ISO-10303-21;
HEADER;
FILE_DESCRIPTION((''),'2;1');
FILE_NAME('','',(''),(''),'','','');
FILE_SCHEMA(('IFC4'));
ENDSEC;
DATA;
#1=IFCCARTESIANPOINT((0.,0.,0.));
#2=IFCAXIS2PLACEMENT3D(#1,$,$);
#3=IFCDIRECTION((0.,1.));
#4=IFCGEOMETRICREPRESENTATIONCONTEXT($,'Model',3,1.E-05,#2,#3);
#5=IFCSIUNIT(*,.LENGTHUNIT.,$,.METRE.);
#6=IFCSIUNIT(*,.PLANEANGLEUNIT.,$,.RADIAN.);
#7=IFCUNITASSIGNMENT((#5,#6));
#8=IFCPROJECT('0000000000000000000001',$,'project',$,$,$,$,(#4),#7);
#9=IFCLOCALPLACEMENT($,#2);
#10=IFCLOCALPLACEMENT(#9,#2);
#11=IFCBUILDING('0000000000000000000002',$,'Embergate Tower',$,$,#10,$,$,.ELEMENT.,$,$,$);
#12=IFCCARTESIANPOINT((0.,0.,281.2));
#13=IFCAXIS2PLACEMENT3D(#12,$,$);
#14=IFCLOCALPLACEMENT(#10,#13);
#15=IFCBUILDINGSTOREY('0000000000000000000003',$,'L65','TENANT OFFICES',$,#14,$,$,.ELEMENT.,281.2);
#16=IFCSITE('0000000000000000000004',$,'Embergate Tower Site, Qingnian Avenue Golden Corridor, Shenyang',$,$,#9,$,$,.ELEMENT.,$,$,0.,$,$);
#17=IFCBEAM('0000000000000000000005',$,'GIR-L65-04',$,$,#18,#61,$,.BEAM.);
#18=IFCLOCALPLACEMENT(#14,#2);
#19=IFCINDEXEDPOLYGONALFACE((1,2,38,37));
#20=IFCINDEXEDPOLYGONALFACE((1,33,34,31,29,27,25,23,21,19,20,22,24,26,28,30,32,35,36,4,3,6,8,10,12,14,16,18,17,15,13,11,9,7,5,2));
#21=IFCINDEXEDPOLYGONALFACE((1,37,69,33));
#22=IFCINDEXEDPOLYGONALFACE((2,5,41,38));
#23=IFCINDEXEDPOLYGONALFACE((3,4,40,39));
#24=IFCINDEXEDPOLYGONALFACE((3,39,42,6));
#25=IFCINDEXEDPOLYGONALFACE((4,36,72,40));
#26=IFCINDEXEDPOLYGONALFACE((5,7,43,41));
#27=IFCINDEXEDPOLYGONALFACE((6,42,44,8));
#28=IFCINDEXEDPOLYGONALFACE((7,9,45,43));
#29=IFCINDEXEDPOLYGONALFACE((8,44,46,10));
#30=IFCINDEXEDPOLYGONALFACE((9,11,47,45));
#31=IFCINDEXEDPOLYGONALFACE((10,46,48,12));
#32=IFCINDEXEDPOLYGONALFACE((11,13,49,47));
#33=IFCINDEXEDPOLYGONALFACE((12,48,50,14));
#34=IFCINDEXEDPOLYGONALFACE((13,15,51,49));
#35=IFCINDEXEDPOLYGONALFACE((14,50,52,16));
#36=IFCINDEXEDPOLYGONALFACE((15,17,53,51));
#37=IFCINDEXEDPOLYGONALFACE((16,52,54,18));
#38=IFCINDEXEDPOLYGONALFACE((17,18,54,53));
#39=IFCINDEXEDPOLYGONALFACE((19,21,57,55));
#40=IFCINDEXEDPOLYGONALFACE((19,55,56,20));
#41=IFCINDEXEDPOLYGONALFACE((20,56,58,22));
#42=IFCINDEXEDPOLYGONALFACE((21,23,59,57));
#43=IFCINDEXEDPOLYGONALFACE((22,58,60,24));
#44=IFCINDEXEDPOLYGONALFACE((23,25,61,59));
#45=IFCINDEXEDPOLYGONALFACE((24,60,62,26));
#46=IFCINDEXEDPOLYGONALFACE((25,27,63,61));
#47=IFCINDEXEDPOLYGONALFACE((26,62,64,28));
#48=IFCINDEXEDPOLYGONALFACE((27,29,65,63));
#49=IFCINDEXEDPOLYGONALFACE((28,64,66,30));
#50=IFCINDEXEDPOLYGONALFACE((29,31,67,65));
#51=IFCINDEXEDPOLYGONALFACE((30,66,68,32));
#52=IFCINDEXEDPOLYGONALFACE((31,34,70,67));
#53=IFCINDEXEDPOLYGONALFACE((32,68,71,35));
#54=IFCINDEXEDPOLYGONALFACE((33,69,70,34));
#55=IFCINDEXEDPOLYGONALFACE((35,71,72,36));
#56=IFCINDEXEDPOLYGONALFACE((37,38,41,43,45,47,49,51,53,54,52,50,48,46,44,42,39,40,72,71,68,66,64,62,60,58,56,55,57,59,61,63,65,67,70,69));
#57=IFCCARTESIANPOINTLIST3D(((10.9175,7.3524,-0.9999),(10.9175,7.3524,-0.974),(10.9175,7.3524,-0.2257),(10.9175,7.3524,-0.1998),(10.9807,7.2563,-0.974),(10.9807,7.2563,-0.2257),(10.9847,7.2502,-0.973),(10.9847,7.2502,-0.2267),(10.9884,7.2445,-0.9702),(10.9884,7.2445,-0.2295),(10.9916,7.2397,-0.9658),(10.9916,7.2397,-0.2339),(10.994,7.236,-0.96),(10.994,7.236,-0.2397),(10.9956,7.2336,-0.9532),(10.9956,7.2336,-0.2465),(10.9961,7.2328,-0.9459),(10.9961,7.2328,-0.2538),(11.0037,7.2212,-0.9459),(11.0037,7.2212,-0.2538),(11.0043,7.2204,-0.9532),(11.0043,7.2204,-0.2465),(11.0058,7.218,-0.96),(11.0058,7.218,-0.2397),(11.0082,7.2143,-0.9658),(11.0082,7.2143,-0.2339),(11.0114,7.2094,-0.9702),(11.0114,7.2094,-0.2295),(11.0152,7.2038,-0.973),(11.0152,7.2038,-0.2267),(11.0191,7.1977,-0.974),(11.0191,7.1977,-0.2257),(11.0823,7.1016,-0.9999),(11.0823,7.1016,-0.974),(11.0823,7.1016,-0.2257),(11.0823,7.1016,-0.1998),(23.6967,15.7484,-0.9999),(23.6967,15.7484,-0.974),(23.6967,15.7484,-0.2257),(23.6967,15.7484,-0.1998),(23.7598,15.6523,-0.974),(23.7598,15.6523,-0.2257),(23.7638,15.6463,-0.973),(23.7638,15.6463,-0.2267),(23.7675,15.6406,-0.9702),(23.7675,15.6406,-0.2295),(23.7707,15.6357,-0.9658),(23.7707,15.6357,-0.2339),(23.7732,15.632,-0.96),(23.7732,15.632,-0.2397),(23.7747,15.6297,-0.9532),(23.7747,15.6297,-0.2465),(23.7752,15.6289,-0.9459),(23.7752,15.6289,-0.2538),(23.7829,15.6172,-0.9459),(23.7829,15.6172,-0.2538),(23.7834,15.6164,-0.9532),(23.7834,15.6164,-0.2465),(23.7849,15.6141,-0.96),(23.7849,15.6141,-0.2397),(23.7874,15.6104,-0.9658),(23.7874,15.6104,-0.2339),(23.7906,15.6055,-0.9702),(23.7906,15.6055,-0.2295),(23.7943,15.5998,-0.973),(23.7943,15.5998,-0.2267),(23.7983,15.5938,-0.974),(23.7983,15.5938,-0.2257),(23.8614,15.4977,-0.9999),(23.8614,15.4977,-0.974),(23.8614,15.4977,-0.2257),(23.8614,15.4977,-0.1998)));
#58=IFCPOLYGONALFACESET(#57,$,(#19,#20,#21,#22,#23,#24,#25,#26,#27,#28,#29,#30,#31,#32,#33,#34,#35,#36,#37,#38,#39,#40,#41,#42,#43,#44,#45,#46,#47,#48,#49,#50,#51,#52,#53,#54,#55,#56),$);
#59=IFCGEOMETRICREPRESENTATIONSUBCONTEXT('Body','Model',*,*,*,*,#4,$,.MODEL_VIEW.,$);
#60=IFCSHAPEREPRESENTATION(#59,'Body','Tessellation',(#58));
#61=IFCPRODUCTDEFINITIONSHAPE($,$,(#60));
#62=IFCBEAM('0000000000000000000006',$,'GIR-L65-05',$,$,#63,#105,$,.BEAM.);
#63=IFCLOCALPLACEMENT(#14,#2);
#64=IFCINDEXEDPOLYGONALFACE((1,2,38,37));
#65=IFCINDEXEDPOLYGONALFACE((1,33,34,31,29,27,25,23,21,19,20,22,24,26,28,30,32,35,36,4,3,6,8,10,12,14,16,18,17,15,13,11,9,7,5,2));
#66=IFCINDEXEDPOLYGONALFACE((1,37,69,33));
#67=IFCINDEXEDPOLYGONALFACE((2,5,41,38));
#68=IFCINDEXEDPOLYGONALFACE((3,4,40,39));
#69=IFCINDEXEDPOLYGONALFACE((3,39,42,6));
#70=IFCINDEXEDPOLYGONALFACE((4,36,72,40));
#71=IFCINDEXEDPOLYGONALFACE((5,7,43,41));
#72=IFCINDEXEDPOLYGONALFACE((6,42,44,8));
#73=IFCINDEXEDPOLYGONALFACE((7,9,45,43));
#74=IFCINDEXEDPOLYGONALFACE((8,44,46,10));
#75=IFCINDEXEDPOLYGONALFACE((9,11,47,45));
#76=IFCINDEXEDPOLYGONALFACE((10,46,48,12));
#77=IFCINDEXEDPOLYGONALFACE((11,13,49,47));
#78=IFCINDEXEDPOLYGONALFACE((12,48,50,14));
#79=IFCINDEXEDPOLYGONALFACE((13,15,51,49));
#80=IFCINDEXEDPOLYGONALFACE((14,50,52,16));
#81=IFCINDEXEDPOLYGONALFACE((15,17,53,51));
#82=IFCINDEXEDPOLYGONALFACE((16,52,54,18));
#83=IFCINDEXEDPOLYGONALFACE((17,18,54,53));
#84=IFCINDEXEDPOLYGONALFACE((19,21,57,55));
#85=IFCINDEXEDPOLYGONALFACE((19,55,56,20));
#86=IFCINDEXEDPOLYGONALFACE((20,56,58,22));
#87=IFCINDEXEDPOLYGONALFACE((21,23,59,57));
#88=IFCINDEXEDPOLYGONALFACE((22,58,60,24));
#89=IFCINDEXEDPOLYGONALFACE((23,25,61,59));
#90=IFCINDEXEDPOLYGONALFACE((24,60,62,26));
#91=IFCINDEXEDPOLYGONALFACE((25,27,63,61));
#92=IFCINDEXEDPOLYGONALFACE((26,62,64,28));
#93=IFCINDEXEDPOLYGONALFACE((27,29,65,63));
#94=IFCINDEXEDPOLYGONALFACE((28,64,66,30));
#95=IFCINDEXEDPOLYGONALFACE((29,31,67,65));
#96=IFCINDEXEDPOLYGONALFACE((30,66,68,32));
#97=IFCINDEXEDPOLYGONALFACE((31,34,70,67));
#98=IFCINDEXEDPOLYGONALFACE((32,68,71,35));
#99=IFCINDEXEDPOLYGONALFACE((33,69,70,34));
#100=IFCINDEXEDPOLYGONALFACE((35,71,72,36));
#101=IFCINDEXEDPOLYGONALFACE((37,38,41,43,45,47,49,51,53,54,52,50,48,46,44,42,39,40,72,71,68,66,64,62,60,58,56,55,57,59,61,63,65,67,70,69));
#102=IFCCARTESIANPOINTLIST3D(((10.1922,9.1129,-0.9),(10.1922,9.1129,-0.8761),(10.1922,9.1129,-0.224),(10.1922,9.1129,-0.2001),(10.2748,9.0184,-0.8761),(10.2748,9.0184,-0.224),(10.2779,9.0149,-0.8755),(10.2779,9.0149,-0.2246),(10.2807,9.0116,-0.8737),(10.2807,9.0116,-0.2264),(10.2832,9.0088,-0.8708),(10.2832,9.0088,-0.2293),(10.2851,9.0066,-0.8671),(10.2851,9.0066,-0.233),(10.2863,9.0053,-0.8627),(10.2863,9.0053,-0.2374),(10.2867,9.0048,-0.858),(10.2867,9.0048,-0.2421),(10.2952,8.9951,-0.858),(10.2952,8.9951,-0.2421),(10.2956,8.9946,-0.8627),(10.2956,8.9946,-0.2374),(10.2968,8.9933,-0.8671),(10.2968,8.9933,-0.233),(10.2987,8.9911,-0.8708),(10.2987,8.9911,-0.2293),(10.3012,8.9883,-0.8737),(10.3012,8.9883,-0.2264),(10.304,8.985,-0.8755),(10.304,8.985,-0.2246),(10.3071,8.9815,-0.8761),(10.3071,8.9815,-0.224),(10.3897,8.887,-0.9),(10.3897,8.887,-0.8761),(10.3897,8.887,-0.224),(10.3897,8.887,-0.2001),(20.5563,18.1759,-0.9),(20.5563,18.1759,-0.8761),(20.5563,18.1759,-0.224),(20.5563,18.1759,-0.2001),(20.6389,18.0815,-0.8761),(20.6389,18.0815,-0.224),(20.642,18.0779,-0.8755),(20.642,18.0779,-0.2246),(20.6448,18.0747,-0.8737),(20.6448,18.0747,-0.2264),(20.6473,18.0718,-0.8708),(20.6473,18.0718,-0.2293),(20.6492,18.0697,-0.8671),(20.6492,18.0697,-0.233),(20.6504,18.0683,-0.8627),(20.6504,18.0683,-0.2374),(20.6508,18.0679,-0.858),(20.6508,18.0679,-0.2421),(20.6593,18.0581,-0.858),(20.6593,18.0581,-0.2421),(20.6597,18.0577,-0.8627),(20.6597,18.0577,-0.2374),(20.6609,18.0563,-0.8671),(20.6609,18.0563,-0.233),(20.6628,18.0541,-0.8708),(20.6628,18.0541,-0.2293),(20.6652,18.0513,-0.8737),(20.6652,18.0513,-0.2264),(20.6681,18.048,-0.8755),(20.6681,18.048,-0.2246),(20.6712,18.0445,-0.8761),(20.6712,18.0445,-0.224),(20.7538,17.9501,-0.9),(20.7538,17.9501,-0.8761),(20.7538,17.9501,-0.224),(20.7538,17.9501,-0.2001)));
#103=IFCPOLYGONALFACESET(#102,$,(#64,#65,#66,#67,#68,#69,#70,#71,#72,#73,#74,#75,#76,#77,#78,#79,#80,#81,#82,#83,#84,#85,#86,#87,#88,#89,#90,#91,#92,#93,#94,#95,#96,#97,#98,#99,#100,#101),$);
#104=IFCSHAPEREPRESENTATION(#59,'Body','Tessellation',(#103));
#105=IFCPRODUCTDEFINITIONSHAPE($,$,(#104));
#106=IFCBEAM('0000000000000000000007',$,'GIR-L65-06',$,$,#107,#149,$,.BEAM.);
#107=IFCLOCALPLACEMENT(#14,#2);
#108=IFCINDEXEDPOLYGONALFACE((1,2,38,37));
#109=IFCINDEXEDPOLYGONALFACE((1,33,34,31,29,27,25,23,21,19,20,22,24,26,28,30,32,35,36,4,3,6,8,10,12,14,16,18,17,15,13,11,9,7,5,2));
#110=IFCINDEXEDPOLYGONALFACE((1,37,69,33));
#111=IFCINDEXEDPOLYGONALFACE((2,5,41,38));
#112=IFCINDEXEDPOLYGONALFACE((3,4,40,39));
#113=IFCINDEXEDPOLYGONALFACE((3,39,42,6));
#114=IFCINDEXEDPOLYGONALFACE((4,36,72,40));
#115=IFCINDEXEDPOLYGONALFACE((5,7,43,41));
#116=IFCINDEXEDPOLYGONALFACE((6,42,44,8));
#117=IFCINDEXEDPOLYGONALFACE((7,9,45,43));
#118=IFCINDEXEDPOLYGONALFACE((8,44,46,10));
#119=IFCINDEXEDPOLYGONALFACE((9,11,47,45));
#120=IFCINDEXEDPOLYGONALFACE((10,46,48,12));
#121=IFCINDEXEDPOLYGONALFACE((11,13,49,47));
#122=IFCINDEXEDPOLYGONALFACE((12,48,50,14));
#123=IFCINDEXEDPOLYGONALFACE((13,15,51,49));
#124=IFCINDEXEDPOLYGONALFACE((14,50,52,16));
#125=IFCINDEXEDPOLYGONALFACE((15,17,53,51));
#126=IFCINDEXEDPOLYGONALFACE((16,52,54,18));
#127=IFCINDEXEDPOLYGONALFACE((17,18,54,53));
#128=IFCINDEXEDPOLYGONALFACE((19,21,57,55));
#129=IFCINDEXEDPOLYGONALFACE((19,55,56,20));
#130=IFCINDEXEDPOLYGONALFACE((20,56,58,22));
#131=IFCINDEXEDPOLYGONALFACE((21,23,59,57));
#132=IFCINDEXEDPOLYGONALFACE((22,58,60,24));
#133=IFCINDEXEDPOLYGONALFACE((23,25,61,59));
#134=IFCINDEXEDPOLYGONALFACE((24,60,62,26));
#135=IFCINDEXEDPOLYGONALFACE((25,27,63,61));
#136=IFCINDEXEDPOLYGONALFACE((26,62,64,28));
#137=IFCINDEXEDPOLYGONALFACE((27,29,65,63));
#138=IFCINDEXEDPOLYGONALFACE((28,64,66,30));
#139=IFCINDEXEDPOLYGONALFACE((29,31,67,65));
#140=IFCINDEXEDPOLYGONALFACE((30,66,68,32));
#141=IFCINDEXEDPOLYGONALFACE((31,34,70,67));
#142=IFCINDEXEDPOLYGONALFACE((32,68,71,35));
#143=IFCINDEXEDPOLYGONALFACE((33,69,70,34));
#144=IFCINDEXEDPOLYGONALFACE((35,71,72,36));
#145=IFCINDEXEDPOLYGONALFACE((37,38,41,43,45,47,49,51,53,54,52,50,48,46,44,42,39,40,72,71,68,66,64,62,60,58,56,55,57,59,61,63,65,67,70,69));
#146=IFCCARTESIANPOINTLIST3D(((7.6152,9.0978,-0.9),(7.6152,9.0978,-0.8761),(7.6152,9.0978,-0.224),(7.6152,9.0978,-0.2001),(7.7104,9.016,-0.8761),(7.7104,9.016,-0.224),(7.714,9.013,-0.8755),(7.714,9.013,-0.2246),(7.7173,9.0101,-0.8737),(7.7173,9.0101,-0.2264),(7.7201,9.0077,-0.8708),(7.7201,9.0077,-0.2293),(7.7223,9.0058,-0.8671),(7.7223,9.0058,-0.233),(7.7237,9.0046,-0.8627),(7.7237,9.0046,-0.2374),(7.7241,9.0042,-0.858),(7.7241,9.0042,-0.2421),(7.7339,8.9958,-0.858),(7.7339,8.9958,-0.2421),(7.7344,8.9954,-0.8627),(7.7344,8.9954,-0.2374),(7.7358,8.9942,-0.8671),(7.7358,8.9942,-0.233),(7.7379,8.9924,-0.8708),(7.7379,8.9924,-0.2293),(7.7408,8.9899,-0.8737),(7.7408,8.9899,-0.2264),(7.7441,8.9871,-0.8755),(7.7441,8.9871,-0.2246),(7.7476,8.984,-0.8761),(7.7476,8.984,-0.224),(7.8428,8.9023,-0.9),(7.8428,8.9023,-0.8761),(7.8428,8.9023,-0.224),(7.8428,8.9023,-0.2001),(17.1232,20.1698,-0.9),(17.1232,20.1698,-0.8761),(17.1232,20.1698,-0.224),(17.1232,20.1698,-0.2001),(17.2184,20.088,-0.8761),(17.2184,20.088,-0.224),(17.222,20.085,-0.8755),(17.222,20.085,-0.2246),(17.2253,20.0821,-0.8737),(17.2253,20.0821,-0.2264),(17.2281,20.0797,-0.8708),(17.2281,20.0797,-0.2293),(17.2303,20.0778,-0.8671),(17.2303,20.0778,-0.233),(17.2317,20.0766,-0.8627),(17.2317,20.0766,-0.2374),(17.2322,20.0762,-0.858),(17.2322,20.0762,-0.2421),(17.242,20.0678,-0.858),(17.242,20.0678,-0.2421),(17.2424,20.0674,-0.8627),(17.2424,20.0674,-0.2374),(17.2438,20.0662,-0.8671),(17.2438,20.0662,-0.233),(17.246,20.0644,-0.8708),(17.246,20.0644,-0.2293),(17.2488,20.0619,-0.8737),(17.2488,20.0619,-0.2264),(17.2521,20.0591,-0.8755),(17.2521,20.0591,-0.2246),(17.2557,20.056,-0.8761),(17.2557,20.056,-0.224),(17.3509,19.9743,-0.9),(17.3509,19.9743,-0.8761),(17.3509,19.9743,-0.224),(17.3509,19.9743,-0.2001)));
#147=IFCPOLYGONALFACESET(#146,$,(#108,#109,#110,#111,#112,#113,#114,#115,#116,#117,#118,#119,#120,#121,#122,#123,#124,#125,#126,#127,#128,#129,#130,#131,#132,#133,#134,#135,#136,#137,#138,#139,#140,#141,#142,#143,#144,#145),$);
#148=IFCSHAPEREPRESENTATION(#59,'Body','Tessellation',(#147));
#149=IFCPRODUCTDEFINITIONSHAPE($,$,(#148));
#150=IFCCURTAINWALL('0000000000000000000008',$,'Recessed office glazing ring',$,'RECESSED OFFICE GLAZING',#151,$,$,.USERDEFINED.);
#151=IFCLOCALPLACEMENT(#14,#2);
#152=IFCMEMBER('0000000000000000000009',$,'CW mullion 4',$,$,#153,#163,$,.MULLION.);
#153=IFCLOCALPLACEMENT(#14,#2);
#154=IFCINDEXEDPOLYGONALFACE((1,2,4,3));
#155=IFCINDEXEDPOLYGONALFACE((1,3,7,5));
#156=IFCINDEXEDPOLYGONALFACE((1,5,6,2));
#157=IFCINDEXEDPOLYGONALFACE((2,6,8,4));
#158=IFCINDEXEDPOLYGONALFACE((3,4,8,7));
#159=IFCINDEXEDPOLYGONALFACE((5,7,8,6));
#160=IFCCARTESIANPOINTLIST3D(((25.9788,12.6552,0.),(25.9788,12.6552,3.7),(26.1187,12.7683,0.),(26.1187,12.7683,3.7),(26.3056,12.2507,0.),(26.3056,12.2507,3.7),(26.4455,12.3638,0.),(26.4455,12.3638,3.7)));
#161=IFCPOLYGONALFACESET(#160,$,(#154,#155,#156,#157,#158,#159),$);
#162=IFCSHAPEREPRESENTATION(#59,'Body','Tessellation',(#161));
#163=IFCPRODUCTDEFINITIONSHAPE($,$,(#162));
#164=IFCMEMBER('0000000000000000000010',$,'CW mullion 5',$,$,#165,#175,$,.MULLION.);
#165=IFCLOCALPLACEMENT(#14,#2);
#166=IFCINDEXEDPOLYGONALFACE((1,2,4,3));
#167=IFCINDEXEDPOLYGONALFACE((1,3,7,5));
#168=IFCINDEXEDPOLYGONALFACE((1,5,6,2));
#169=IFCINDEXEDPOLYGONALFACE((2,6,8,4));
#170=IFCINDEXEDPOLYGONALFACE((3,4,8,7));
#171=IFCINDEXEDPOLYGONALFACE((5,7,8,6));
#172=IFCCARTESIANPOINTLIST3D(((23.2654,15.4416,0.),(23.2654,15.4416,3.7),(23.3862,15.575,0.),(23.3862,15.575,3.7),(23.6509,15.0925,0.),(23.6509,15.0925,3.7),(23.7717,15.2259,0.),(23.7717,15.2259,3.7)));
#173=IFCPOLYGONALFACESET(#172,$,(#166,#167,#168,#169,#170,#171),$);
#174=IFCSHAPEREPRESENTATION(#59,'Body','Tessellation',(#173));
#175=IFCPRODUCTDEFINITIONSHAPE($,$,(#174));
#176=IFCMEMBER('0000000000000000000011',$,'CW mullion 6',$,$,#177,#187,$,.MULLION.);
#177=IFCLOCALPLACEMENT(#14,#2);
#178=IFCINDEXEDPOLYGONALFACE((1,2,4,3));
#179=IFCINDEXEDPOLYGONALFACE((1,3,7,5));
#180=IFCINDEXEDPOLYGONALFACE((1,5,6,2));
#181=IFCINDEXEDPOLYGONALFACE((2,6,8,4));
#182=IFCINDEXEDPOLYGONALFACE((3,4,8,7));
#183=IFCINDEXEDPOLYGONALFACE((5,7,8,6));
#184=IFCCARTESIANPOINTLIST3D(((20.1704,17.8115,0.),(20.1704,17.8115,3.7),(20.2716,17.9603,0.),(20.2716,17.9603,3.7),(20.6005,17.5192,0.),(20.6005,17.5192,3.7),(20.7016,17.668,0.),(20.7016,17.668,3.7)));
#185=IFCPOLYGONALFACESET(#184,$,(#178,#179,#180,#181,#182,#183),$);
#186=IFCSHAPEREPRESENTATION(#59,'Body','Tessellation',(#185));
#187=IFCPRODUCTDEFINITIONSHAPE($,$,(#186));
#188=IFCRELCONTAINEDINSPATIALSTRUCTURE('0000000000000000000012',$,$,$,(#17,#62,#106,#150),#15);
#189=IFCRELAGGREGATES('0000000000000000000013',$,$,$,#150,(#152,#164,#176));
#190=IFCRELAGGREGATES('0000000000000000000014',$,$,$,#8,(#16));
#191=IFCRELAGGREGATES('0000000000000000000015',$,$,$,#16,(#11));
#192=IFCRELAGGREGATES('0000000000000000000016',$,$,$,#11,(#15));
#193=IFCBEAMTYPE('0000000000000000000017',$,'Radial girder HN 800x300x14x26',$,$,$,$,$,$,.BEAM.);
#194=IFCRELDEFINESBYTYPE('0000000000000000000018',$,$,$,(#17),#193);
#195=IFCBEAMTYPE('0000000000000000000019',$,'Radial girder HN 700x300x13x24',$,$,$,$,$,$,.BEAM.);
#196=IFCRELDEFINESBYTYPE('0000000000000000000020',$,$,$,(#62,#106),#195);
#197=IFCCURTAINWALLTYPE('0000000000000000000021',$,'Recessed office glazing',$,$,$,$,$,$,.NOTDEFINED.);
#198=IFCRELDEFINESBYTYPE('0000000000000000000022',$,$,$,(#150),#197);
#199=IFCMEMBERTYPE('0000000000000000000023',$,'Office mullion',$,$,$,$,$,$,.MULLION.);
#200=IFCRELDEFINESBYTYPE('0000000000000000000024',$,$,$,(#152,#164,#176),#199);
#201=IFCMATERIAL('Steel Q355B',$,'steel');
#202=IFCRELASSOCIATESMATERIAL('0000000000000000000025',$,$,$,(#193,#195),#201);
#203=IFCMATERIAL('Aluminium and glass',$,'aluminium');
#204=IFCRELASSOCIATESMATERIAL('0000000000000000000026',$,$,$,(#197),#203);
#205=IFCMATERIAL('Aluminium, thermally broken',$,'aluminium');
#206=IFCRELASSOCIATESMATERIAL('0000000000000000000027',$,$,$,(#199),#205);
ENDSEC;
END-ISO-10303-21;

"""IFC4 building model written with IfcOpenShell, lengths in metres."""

from ifc_helpers import new_model, si_unit, direction, frame, origin, origin_2d, place, context, subcontext, project, spatial, rectangle, i_section, extrude, source, transform, mapped, material, material_profile, profile_set, type_object, element, aggregate, save


model = new_model("IFC4")

# Units and contexts
model_context = context("Model", 3, precision=1e-05, world=origin(), true_north=direction((0.0, 1.0)))
body_context = subcontext(model_context, "Body", "Model", "MODEL_VIEW")
ifc_project = project(units=[si_unit("LENGTHUNIT", "METRE"), si_unit("PLANEANGLEUNIT", "RADIAN")], contexts=[model_context])

# Site, building, storey
site_placement = place(None, origin())
site = spatial("IfcSite", under=ifc_project, at=site_placement, Name="Embergate Tower Site, Qingnian Avenue Golden Corridor, Shenyang", CompositionType="ELEMENT", RefElevation=0.0)
building_placement = place(site_placement, origin())
building = spatial("IfcBuilding", under=site, at=building_placement, Name="Embergate Tower", CompositionType="ELEMENT")
storey_placement = place(building_placement, frame((0.0, 0.0, 281.2)))
storey = spatial("IfcBuildingStorey", under=building, at=storey_placement, Name="L65", Description="TENANT OFFICES", CompositionType="ELEMENT", Elevation=281.2)

# Beams
ifc_material_1 = material(Name="Steel Q355B", Category="steel")
ifc_material_profile_1 = material_profile(ifc_material_1, i_section(OverallWidth=0.3, OverallDepth=0.8, WebThickness=0.0139, FlangeThickness=0.0259, FilletRadius=0.0281, at=origin_2d()), Name="HN 800x300x14x26")
ifc_profile_set_1 = profile_set([ifc_material_profile_1], Name="Steel Q355 grade B")
beam_type_1 = type_object("IfcBeamType", Name="Radial girder HN 800x300x14x26", PredefinedType="BEAM", material=ifc_profile_set_1)
shared_shape_1 = source(origin(), body_context, "Body", "SweptSolid", [
    extrude(i_section(OverallWidth=0.3, OverallDepth=0.8, WebThickness=0.0139, FlangeThickness=0.0259, FilletRadius=0.0281, at=origin_2d()), origin(), (0.0, 0.0, 1.0), 15.2905),
])
beam_1_placement = place(storey_placement, frame((23.7791, 15.623, -0.5999), z_axis=(-0.835756, -0.549102, 0.0), x_axis=(0.549102, -0.835756, 0.0)))
element("IfcBeam", 1, at=beam_1_placement, inside=storey, type_object=beam_type_1, Name="GIR-L65-04", PredefinedType="BEAM", context=body_context, shape_type="MappedRepresentation", body=[
    mapped(shared_shape_1, transform((0.0, 0.0, 0.0))),
])
ifc_material_profile_2 = material_profile(ifc_material_1, i_section(OverallWidth=0.3, OverallDepth=0.7, WebThickness=0.0129, FlangeThickness=0.0239, FilletRadius=0.0181, at=origin_2d()), Name="HN 700x300x13x24")
ifc_profile_set_2 = profile_set([ifc_material_profile_2], Name="Steel Q355 grade B")
beam_type_2 = type_object("IfcBeamType", Name="Radial girder HN 700x300x13x24", PredefinedType="BEAM", material=ifc_profile_set_2)
shared_shape_2 = source(origin(), body_context, "Body", "SweptSolid", [
    extrude(i_section(OverallWidth=0.3, OverallDepth=0.7, WebThickness=0.0129, FlangeThickness=0.0239, FilletRadius=0.0181, at=origin_2d()), origin(), (0.0, 0.0, 1.0), 13.7678),
])
beam_2_placement = place(storey_placement, frame((20.655, 18.063, -0.55), z_axis=(-0.752775, -0.658277, 0.0), x_axis=(0.658277, -0.752775, 0.0)))
element("IfcBeam", 2, at=beam_2_placement, inside=storey, type_object=beam_type_2, Name="GIR-L65-05", PredefinedType="BEAM", context=body_context, shape_type="MappedRepresentation", body=[
    mapped(shared_shape_2, transform((0.0, 0.0, 0.0))),
])
shared_shape_3 = source(origin(), body_context, "Body", "SweptSolid", [
    extrude(i_section(OverallWidth=0.3, OverallDepth=0.7, WebThickness=0.0129, FlangeThickness=0.0239, FilletRadius=0.0181, at=origin_2d()), origin(), (0.0, 0.0, 1.0), 14.5942),
])
beam_3_placement = place(storey_placement, frame((17.2371, 20.072, -0.55), z_axis=(-0.651492, -0.758655, 0.0), x_axis=(0.758655, -0.651492, 0.0)))
element("IfcBeam", 3, at=beam_3_placement, inside=storey, type_object=beam_type_2, Name="GIR-L65-06", PredefinedType="BEAM", context=body_context, shape_type="MappedRepresentation", body=[
    mapped(shared_shape_3, transform((0.0, 0.0, 0.0))),
])

# Curtain wall, members
ifc_material_2 = material(Name="Aluminium and glass", Category="aluminium")
curtain_wall_type = type_object("IfcCurtainWallType", Name="Recessed office glazing", PredefinedType="NOTDEFINED", material=ifc_material_2)
curtain_wall_placement = place(storey_placement, origin())
curtain_wall = element("IfcCurtainWall", 4, at=curtain_wall_placement, inside=storey, type_object=curtain_wall_type, Name="Recessed office glazing ring", ObjectType="RECESSED OFFICE GLAZING", PredefinedType="USERDEFINED")
ifc_material_3 = material(Name="Aluminium, thermally broken", Category="aluminium")
ifc_material_profile_3 = material_profile(ifc_material_3, rectangle(XDim=0.1799, YDim=0.52, at=origin_2d()), Name="AL 520x180")
ifc_profile_set_3 = profile_set([ifc_material_profile_3], Name="Aluminium, thermally broken")
member_type_1 = type_object("IfcMemberType", Name="Office mullion", PredefinedType="MULLION", material=ifc_profile_set_3)
shared_shape_4 = source(origin(), body_context, "Body", "SweptSolid", [
    extrude(rectangle(XDim=0.1799, YDim=0.52, at=origin_2d()), origin(), (0.0, 0.0, 1.0), 3.7),
])
member_1_placement = place(storey_placement, frame((26.2122, 12.5095, 0.0), z_axis=(0.0, 0.0, 1.0), x_axis=(-0.777862, -0.628436, 0.0)))
member_1 = element("IfcMember", 5, at=member_1_placement, type_object=member_type_1, Name="CW mullion 4", PredefinedType="MULLION", context=body_context, shape_type="MappedRepresentation", body=[
    mapped(shared_shape_4, transform((0.0, 0.0, 0.0))),
])
member_2_placement = place(storey_placement, frame((23.5186, 15.3337, 0.0), z_axis=(0.0, 0.0, 1.0), x_axis=(-0.671216, -0.741262, 0.0)))
member_2 = element("IfcMember", 6, at=member_2_placement, type_object=member_type_1, Name="CW mullion 5", PredefinedType="MULLION", context=body_context, shape_type="MappedRepresentation", body=[
    mapped(shared_shape_4, transform((0.0, 0.0, 0.0))),
])
member_3_placement = place(storey_placement, frame((20.436, 17.7397, 0.0), z_axis=(0.0, 0.0, 1.0), x_axis=(-0.562208, -0.826996, 0.0)))
member_3 = element("IfcMember", 7, at=member_3_placement, type_object=member_type_1, Name="CW mullion 6", PredefinedType="MULLION", context=body_context, shape_type="MappedRepresentation", body=[
    mapped(shared_shape_4, transform((0.0, 0.0, 0.0))),
])
aggregate(curtain_wall, [member_1, member_2, member_3])

save(model, "model.ifc")
